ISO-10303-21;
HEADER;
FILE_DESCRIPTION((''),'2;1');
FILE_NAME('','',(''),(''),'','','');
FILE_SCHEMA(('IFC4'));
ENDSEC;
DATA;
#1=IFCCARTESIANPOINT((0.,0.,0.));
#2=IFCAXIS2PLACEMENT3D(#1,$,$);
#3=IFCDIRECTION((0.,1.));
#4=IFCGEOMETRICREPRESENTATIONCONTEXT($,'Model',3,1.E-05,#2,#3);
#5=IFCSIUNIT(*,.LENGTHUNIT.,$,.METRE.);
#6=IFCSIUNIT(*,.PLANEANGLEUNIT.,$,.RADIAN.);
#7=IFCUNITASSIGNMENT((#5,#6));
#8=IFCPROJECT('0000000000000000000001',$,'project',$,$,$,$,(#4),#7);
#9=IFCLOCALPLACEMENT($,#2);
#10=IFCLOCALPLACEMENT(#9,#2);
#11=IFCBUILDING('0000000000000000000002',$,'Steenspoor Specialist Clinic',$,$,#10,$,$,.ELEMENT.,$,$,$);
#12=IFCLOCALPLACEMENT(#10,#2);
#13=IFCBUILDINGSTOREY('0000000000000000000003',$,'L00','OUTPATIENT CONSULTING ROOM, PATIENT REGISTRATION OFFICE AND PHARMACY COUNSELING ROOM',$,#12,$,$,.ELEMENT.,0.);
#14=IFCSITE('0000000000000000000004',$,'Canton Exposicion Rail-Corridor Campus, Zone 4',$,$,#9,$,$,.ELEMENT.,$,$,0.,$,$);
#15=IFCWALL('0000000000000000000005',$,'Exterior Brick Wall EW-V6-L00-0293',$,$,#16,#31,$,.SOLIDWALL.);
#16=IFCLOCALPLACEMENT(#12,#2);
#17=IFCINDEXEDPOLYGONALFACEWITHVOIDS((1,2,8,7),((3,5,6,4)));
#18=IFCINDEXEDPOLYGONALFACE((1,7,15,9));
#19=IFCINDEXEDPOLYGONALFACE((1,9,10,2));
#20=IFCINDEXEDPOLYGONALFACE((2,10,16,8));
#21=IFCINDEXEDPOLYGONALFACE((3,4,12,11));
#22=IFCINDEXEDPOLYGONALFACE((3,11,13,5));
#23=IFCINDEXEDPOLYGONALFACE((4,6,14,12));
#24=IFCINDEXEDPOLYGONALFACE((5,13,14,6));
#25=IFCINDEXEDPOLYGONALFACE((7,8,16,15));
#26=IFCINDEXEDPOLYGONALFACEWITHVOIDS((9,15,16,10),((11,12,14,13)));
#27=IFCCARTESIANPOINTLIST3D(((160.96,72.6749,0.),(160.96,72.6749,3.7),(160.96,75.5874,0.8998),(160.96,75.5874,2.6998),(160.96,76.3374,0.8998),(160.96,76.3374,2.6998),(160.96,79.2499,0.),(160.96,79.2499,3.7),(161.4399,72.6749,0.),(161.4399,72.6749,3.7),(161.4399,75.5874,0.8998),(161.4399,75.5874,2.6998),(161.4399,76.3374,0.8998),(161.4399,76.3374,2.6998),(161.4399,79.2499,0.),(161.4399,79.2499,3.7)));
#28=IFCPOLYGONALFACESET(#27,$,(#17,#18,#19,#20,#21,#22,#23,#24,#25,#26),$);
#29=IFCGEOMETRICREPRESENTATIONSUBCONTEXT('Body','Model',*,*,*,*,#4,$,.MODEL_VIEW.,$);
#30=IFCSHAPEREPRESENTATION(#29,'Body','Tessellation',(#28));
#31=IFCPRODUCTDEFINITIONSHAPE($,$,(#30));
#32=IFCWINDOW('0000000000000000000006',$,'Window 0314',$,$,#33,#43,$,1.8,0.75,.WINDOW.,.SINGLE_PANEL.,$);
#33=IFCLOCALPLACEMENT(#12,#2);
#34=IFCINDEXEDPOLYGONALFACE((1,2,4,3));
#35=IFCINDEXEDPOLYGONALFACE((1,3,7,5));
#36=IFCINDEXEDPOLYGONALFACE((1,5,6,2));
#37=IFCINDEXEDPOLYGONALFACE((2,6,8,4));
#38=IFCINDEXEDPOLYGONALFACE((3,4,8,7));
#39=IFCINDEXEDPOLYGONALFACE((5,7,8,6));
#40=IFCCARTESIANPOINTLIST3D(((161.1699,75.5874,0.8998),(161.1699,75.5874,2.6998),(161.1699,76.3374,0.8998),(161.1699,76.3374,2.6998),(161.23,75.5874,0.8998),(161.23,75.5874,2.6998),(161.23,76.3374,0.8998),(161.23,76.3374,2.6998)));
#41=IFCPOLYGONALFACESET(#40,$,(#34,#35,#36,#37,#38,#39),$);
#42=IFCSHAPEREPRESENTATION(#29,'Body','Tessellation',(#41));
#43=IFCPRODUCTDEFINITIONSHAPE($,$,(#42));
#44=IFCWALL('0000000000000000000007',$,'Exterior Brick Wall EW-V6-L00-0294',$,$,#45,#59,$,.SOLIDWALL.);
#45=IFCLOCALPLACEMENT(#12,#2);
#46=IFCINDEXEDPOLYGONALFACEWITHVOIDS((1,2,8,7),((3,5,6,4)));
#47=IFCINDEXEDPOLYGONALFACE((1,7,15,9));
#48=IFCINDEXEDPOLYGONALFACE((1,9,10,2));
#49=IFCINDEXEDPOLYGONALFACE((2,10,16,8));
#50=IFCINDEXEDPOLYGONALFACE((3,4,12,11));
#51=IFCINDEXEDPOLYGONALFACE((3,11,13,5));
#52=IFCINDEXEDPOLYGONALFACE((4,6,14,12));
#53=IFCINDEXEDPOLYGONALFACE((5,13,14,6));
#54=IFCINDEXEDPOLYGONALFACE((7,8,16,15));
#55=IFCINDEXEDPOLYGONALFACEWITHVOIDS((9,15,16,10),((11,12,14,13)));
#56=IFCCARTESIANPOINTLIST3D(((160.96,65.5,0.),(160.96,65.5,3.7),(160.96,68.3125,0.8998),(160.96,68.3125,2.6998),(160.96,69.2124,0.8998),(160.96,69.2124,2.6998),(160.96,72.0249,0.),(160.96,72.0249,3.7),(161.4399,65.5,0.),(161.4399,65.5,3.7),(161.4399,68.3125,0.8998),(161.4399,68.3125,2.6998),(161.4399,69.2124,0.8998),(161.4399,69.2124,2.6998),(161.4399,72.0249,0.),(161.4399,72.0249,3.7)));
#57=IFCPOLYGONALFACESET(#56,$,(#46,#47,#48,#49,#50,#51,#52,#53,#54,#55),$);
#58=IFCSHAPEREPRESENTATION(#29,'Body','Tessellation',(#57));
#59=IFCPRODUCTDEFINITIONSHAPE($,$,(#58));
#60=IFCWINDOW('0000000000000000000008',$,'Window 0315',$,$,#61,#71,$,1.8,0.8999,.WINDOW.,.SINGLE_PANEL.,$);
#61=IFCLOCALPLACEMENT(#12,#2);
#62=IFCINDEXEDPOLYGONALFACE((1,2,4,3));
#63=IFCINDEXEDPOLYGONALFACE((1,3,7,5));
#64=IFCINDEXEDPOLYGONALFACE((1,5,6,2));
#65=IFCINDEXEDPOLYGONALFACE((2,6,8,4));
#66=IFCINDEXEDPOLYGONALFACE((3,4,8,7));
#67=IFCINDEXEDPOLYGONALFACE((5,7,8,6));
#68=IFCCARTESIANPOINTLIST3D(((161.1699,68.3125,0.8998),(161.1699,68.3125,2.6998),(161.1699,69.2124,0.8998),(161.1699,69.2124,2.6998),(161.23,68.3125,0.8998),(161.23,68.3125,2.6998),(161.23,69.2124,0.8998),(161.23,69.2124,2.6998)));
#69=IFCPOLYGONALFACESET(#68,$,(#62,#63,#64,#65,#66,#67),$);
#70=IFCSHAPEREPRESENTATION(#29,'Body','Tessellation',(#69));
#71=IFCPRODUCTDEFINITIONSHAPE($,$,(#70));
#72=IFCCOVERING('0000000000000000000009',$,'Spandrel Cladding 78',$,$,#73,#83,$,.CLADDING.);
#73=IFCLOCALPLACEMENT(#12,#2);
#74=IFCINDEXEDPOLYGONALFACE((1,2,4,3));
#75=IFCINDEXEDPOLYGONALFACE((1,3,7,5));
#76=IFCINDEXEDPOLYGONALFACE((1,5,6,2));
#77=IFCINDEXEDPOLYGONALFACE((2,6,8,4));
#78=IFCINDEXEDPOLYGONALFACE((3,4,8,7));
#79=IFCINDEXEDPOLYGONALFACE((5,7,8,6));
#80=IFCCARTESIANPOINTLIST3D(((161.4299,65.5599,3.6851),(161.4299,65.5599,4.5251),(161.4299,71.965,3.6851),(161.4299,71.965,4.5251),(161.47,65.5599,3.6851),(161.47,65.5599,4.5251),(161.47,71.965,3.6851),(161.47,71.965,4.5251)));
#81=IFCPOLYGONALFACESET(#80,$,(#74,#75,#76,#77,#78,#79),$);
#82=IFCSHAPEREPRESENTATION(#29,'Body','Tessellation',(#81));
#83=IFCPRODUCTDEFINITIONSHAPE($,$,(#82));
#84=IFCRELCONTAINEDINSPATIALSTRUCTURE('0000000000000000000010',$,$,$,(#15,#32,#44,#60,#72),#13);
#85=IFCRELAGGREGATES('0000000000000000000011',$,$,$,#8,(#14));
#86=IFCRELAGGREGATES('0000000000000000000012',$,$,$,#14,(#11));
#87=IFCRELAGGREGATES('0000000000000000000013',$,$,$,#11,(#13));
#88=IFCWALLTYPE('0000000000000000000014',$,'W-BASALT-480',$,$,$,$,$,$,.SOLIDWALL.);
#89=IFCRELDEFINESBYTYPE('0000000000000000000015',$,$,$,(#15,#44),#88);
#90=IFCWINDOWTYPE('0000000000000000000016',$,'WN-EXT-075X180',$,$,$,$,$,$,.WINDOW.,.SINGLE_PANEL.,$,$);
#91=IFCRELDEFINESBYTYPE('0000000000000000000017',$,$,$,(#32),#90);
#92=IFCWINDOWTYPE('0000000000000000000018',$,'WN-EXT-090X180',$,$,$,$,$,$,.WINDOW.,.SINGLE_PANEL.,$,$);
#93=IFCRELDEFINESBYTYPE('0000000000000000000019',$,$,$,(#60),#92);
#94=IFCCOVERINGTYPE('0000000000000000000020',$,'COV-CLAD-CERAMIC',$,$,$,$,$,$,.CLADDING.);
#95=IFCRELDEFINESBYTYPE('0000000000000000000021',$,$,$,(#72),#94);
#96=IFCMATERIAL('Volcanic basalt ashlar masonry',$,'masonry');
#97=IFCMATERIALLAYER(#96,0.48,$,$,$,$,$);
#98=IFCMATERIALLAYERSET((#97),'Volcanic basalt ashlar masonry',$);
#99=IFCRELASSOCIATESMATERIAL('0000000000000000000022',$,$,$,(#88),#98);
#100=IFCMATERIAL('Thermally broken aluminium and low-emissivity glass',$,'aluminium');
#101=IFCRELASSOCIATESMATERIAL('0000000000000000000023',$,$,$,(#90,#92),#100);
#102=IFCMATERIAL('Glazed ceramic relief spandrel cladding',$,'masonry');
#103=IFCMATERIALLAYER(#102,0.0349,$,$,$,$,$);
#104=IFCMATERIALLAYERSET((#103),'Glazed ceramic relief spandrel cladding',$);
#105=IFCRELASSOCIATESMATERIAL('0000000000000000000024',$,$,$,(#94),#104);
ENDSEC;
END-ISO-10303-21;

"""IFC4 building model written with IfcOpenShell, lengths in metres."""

from ifc_helpers import new_model, si_unit, direction, frame, frame_2d, origin, origin_2d, place, context, subcontext, project, spatial, rectangle, extrude, material, layer, layer_set, type_object, element, fill, save


model = new_model("IFC4")

# Units and contexts
model_context = context("Model", 3, precision=1e-05, world=origin(), true_north=direction((0.0, 1.0)))
body_context = subcontext(model_context, "Body", "Model", "MODEL_VIEW")
ifc_project = project(units=[si_unit("LENGTHUNIT", "METRE"), si_unit("PLANEANGLEUNIT", "RADIAN")], contexts=[model_context])

# Site, building, storey
site_placement = place(None, origin())
site = spatial("IfcSite", under=ifc_project, at=site_placement, Name="Canton Exposicion Rail-Corridor Campus, Zone 4", CompositionType="ELEMENT", RefElevation=0.0)
building_placement = place(site_placement, origin())
building = spatial("IfcBuilding", under=site, at=building_placement, Name="Steenspoor Specialist Clinic", CompositionType="ELEMENT")
storey_placement = place(building_placement, origin())
storey = spatial("IfcBuildingStorey", under=building, at=storey_placement, Name="L00", Description="OUTPATIENT CONSULTING ROOM, PATIENT REGISTRATION OFFICE AND PHARMACY COUNSELING ROOM", CompositionType="ELEMENT", Elevation=0.0)

# Walls, openings, windows
ifc_material_1 = material(Name="Volcanic basalt ashlar masonry", Category="masonry")
ifc_layer_1 = layer(ifc_material_1, 0.48)
ifc_layer_set_1 = layer_set([ifc_layer_1], Name="Volcanic basalt ashlar masonry")
wall_type = type_object("IfcWallType", Name="W-BASALT-480", PredefinedType="SOLIDWALL", material=ifc_layer_set_1)
wall_1_placement = place(storey_placement, frame((161.2, 79.25, 0.0), z_axis=(0.0, 0.0, 1.0), x_axis=(0.0, -1.0, 0.0)))
wall_1 = element("IfcWall", 1, at=wall_1_placement, inside=storey, type_object=wall_type, Name="Exterior Brick Wall EW-V6-L00-0293", PredefinedType="SOLIDWALL", context=body_context, shape_type="SweptSolid", body=[
    extrude(rectangle(XDim=6.575, YDim=0.48, at=frame_2d((3.2876, 0.0))), origin(), (0.0, 0.0, 1.0), 3.7),
])
opening_1_placement = place(wall_1_placement, frame((2.9126, 0.0, 0.8999)))
opening_1 = element("IfcOpeningElement", 2, at=opening_1_placement, cuts=wall_1, PredefinedType="OPENING", context=body_context, shape_type="SweptSolid", body=[
    extrude(rectangle(XDim=0.75, YDim=1.8, at=frame_2d((0.375, 0.8999))), frame((0.0, 0.25, 0.0), z_axis=(0.0, -1.0, 0.0), x_axis=(1.0, 0.0, 0.0)), (0.0, 0.0, 1.0), 0.5),
])
ifc_material_2 = material(Name="Thermally broken aluminium and low-emissivity glass", Category="aluminium")
window_type_1 = type_object("IfcWindowType", Name="WN-EXT-075X180", PartitioningType="SINGLE_PANEL", PredefinedType="WINDOW", material=ifc_material_2)
window_1_placement = place(opening_1_placement, origin())
window_1 = element("IfcWindow", 3, at=window_1_placement, inside=storey, type_object=window_type_1, Name="Window 0314", OverallHeight=1.8, OverallWidth=0.75, PartitioningType="SINGLE_PANEL", PredefinedType="WINDOW", context=body_context, shape_type="SweptSolid", body=[
    extrude(rectangle(XDim=0.75, YDim=1.8, at=frame_2d((0.375, 0.8999))), frame((0.0, 0.03, 0.0), z_axis=(0.0, -1.0, 0.0), x_axis=(1.0, 0.0, 0.0)), (0.0, 0.0, 1.0), 0.0601),
])
fill(opening_1, window_1)
wall_2_placement = place(storey_placement, frame((161.2, 72.0249, 0.0), z_axis=(0.0, 0.0, 1.0), x_axis=(0.0, -1.0, 0.0)))
wall_2 = element("IfcWall", 4, at=wall_2_placement, inside=storey, type_object=wall_type, Name="Exterior Brick Wall EW-V6-L00-0294", PredefinedType="SOLIDWALL", context=body_context, shape_type="SweptSolid", body=[
    extrude(rectangle(XDim=6.5249, YDim=0.48, at=frame_2d((3.2625, 0.0))), origin(), (0.0, 0.0, 1.0), 3.7),
])
opening_2_placement = place(wall_2_placement, frame((2.8125, 0.0, 0.8999)))
opening_2 = element("IfcOpeningElement", 5, at=opening_2_placement, cuts=wall_2, PredefinedType="OPENING", context=body_context, shape_type="SweptSolid", body=[
    extrude(rectangle(XDim=0.8999, YDim=1.8, at=frame_2d((0.45, 0.8999))), frame((0.0, 0.25, 0.0), z_axis=(0.0, -1.0, 0.0), x_axis=(1.0, 0.0, 0.0)), (0.0, 0.0, 1.0), 0.5),
])
window_type_2 = type_object("IfcWindowType", Name="WN-EXT-090X180", PartitioningType="SINGLE_PANEL", PredefinedType="WINDOW", material=ifc_material_2)
window_2_placement = place(opening_2_placement, origin())
window_2 = element("IfcWindow", 6, at=window_2_placement, inside=storey, type_object=window_type_2, Name="Window 0315", OverallHeight=1.8, OverallWidth=0.8999, PartitioningType="SINGLE_PANEL", PredefinedType="WINDOW", context=body_context, shape_type="SweptSolid", body=[
    extrude(rectangle(XDim=0.8999, YDim=1.8, at=frame_2d((0.45, 0.8999))), frame((0.0, 0.03, 0.0), z_axis=(0.0, -1.0, 0.0), x_axis=(1.0, 0.0, 0.0)), (0.0, 0.0, 1.0), 0.0601),
])
fill(opening_2, window_2)

# Covering
ifc_material_3 = material(Name="Glazed ceramic relief spandrel cladding", Category="masonry")
ifc_layer_2 = layer(ifc_material_3, 0.0349)
ifc_layer_set_2 = layer_set([ifc_layer_2], Name="Glazed ceramic relief spandrel cladding")
covering_type = type_object("IfcCoveringType", Name="COV-CLAD-CERAMIC", PredefinedType="CLADDING", material=ifc_layer_set_2)
covering_placement = place(storey_placement, frame((161.45, 68.7625, 3.6851), z_axis=(0.0, 0.0, 1.0), x_axis=(0.0, -1.0, 0.0)))
element("IfcCovering", 7, at=covering_placement, inside=storey, type_object=covering_type, Name="Spandrel Cladding 78", PredefinedType="CLADDING", context=body_context, shape_type="SweptSolid", body=[
    extrude(rectangle(XDim=6.405, YDim=0.04, at=origin_2d()), origin(), (0.0, 0.0, 1.0), 0.8401),
])

save(model, "model.ifc")
